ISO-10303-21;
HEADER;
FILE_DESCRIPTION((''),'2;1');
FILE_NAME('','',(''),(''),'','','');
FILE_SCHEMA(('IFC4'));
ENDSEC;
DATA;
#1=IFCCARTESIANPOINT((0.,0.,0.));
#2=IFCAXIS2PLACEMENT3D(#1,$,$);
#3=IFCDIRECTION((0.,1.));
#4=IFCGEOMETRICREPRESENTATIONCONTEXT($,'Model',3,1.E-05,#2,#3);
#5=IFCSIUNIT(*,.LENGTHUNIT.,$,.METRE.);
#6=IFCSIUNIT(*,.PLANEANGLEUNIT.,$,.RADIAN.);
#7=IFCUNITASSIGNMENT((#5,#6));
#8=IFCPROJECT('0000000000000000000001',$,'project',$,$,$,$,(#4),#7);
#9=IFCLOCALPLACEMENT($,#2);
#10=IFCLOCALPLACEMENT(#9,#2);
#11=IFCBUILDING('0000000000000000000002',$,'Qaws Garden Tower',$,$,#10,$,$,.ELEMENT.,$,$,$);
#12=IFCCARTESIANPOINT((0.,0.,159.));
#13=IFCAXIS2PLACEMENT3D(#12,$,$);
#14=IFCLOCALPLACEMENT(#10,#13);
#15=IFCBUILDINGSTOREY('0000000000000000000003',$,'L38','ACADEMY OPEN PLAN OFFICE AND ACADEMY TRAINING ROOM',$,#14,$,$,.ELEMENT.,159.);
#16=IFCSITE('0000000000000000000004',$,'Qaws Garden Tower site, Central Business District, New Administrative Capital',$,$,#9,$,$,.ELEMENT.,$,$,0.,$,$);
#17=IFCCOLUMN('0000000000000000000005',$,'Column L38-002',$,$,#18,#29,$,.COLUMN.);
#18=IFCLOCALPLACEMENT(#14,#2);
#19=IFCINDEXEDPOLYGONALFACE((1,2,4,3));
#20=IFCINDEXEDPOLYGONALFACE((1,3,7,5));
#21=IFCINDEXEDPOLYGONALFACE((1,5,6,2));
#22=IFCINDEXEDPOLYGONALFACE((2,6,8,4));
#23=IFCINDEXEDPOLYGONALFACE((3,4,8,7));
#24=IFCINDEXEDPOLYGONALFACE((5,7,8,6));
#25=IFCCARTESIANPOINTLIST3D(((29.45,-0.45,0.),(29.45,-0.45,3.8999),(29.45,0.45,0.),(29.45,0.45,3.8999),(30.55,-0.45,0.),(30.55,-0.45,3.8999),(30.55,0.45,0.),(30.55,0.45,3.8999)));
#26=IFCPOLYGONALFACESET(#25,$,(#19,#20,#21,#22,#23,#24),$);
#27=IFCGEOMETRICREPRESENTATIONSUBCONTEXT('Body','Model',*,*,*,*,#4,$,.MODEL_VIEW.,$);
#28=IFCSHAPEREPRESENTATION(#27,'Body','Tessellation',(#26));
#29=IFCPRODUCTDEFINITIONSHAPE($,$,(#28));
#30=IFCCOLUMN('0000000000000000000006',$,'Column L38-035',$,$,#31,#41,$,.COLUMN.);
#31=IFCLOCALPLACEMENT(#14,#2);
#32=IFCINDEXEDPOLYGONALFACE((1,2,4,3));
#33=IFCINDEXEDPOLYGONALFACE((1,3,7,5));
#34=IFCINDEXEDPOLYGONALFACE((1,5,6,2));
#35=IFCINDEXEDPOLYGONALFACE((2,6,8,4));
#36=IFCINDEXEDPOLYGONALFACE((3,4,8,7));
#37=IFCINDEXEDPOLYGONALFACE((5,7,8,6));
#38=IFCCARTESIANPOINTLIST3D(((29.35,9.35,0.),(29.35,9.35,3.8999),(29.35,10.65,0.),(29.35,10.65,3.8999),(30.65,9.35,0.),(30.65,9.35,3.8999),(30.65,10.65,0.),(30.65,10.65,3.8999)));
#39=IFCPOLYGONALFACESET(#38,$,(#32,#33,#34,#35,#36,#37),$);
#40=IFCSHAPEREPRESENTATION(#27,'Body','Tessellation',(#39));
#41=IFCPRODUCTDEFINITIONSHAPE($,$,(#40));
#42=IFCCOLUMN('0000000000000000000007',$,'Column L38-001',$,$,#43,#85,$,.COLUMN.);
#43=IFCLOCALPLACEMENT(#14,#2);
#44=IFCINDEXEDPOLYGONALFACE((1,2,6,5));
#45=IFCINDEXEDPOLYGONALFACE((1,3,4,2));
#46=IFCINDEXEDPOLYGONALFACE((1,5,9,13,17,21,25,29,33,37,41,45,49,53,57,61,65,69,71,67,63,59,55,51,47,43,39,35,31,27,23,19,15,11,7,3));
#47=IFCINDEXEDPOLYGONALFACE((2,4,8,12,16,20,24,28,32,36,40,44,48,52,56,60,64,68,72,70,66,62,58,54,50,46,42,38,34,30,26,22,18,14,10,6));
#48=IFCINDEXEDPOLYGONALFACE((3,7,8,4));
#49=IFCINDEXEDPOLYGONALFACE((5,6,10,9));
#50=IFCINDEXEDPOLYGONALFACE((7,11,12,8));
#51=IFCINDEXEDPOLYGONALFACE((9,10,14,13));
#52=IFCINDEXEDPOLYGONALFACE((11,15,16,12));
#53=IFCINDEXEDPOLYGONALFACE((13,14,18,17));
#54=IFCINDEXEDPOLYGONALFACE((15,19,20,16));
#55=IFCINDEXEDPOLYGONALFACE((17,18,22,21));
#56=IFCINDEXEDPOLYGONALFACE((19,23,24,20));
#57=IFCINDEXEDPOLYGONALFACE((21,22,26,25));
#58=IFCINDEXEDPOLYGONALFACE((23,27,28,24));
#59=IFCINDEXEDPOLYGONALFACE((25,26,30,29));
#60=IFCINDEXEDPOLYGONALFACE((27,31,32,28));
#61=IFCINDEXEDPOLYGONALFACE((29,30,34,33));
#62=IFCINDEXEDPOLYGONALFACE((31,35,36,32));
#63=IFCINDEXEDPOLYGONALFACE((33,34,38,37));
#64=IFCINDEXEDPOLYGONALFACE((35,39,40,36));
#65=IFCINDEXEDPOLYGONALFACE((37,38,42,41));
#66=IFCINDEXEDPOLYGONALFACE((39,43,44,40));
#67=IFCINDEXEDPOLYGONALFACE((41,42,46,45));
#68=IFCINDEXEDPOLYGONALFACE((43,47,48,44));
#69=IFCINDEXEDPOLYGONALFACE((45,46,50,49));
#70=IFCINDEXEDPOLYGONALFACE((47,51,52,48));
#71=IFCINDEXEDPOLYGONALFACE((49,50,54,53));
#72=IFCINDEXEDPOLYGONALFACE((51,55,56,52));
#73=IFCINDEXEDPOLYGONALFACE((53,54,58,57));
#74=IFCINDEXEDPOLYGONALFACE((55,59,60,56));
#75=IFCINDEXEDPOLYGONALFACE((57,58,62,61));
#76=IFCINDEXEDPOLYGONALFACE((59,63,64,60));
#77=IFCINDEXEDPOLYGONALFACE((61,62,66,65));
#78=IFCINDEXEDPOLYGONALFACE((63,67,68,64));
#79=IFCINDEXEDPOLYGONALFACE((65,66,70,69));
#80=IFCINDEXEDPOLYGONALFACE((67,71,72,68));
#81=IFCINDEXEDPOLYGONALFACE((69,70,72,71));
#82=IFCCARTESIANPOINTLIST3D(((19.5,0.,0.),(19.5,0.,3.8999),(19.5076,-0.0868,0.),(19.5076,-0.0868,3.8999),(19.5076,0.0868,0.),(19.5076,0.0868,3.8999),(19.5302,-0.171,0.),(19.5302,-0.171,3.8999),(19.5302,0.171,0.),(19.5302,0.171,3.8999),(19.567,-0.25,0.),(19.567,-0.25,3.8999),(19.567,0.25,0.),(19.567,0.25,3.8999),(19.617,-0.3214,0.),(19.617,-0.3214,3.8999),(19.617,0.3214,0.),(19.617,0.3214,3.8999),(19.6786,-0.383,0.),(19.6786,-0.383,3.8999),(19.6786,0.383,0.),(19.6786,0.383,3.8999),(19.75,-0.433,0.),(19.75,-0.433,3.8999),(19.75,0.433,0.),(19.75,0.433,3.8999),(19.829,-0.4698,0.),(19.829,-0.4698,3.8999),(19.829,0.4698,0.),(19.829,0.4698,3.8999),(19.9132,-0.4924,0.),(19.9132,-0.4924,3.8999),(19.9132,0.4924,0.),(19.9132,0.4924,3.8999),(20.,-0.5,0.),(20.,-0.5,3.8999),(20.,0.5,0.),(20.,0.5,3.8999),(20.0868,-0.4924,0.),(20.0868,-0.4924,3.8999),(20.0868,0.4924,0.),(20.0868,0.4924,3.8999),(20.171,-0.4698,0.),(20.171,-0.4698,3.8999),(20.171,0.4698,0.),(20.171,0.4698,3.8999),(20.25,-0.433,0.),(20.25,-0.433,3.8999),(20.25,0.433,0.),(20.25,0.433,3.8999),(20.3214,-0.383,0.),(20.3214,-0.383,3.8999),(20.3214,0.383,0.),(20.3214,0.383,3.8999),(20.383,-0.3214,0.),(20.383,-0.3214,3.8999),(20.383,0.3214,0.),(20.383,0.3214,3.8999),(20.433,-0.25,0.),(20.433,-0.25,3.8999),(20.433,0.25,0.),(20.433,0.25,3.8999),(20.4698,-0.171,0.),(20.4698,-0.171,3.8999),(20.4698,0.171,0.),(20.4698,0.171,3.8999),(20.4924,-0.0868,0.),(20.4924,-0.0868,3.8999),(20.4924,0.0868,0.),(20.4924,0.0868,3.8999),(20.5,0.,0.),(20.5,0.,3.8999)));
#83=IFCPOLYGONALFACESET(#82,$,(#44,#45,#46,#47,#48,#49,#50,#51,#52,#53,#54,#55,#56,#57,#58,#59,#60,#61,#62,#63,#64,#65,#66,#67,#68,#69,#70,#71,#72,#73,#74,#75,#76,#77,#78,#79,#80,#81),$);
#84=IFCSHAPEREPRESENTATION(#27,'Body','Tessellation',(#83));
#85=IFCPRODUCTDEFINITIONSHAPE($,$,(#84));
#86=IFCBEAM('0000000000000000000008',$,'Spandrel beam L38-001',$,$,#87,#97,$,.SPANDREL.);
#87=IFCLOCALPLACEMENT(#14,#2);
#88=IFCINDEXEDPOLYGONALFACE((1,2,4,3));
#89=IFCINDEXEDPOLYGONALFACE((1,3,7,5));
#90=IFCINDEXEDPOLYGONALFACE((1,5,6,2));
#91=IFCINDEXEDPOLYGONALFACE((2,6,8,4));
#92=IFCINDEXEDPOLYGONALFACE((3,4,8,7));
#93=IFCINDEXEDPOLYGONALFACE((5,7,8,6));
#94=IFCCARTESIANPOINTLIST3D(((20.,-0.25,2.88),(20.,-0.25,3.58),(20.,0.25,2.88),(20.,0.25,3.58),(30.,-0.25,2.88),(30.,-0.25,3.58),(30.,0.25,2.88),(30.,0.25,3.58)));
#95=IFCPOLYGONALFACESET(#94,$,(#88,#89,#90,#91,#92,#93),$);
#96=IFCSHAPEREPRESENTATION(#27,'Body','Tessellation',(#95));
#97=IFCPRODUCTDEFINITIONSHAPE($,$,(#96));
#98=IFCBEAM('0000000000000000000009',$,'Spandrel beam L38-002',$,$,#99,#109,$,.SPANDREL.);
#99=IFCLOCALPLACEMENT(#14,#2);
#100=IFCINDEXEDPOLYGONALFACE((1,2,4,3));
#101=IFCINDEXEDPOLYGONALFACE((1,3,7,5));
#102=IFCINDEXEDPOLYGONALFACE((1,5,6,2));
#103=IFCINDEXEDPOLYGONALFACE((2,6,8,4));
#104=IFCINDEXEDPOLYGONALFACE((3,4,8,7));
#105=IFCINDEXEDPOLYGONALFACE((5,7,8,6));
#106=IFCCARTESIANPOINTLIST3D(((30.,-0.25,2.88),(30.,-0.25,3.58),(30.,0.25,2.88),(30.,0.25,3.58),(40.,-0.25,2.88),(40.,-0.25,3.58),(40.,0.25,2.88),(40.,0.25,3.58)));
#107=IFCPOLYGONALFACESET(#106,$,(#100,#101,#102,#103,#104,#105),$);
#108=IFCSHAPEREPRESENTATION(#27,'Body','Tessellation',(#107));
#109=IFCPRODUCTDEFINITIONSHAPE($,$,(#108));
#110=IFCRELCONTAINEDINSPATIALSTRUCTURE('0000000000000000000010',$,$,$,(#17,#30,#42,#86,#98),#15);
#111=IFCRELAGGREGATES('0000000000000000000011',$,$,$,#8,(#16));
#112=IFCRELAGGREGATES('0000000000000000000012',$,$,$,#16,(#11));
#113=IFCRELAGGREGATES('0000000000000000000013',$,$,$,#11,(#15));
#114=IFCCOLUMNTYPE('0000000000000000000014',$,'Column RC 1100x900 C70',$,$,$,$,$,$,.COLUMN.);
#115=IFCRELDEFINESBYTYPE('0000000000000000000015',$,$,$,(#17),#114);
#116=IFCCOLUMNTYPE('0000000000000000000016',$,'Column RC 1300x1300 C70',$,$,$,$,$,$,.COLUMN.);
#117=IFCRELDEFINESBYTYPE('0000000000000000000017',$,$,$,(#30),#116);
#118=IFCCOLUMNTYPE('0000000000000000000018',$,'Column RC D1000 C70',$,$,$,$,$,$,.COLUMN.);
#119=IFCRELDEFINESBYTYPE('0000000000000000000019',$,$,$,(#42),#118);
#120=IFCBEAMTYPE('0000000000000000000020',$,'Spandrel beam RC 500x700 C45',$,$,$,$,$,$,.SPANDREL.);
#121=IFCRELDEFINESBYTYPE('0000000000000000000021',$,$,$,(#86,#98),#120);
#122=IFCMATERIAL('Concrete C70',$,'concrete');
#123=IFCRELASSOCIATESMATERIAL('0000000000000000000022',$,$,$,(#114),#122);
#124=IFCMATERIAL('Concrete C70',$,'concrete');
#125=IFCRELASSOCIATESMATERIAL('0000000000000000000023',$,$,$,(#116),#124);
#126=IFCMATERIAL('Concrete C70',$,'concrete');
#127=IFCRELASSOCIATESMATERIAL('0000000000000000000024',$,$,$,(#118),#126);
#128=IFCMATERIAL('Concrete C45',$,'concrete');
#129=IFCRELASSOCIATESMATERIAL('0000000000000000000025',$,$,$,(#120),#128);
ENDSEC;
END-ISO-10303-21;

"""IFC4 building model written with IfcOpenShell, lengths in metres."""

from ifc_helpers import new_model, si_unit, direction, frame, origin, origin_2d, place, context, subcontext, project, spatial, rectangle, circle, extrude, material, material_profile, profile_set, type_object, element, save


model = new_model("IFC4")

# Units and contexts
model_context = context("Model", 3, precision=1e-05, world=origin(), true_north=direction((0.0, 1.0)))
body_context = subcontext(model_context, "Body", "Model", "MODEL_VIEW")
ifc_project = project(units=[si_unit("LENGTHUNIT", "METRE"), si_unit("PLANEANGLEUNIT", "RADIAN")], contexts=[model_context])

# Site, building, storey
site_placement = place(None, origin())
site = spatial("IfcSite", under=ifc_project, at=site_placement, Name="Qaws Garden Tower site, Central Business District, New Administrative Capital", CompositionType="ELEMENT", RefElevation=0.0)
building_placement = place(site_placement, origin())
building = spatial("IfcBuilding", under=site, at=building_placement, Name="Qaws Garden Tower", CompositionType="ELEMENT")
storey_placement = place(building_placement, frame((0.0, 0.0, 159.0)))
storey = spatial("IfcBuildingStorey", under=building, at=storey_placement, Name="L38", Description="ACADEMY OPEN PLAN OFFICE AND ACADEMY TRAINING ROOM", CompositionType="ELEMENT", Elevation=159.0)

# Columns
ifc_material_1 = material(Name="Concrete C70", Category="concrete")
ifc_material_profile_1 = material_profile(ifc_material_1, rectangle(XDim=1.1001, YDim=0.8999, at=origin_2d()), Name="RC 1100x900")
ifc_profile_set_1 = profile_set([ifc_material_profile_1], Name="Concrete C70")
column_type_1 = type_object("IfcColumnType", Name="Column RC 1100x900 C70", PredefinedType="COLUMN", material=ifc_profile_set_1)
column_1_placement = place(storey_placement, frame((30.0, 0.0, 0.0), z_axis=(0.0, 0.0, 1.0), x_axis=(1.0, 0.0, 0.0)))
element("IfcColumn", 1, at=column_1_placement, inside=storey, type_object=column_type_1, Name="Column L38-002", PredefinedType="COLUMN", context=body_context, shape_type="SweptSolid", body=[
    extrude(rectangle(XDim=1.1001, YDim=0.8999, at=origin_2d()), origin(), (0.0, 0.0, 1.0), 3.8999),
])
ifc_material_2 = material(Name="Concrete C70", Category="concrete")
ifc_material_profile_2 = material_profile(ifc_material_2, rectangle(XDim=1.3, YDim=1.3, at=origin_2d()), Name="RC 1300x1300")
ifc_profile_set_2 = profile_set([ifc_material_profile_2], Name="Concrete C70")
column_type_2 = type_object("IfcColumnType", Name="Column RC 1300x1300 C70", PredefinedType="COLUMN", material=ifc_profile_set_2)
column_2_placement = place(storey_placement, frame((30.0, 10.0, 0.0), z_axis=(0.0, 0.0, 1.0), x_axis=(1.0, 0.0, 0.0)))
element("IfcColumn", 2, at=column_2_placement, inside=storey, type_object=column_type_2, Name="Column L38-035", PredefinedType="COLUMN", context=body_context, shape_type="SweptSolid", body=[
    extrude(rectangle(XDim=1.3, YDim=1.3, at=origin_2d()), origin(), (0.0, 0.0, 1.0), 3.8999),
])
ifc_material_3 = material(Name="Concrete C70", Category="concrete")
ifc_material_profile_3 = material_profile(ifc_material_3, circle(Radius=0.5, at=origin_2d()), Name="RC D1000")
ifc_profile_set_3 = profile_set([ifc_material_profile_3], Name="Concrete C70")
column_type_3 = type_object("IfcColumnType", Name="Column RC D1000 C70", PredefinedType="COLUMN", material=ifc_profile_set_3)
column_3_placement = place(storey_placement, frame((20.0, 0.0, 0.0), z_axis=(0.0, 0.0, 1.0), x_axis=(1.0, 0.0, 0.0)))
element("IfcColumn", 3, at=column_3_placement, inside=storey, type_object=column_type_3, Name="Column L38-001", PredefinedType="COLUMN", context=body_context, shape_type="SweptSolid", body=[
    extrude(circle(Radius=0.5, at=origin_2d()), origin(), (0.0, 0.0, 1.0), 3.8999),
])

# Beams
ifc_material_4 = material(Name="Concrete C45", Category="concrete")
ifc_material_profile_4 = material_profile(ifc_material_4, rectangle(XDim=0.5, YDim=0.7, at=origin_2d()), Name="RC 500x700")
ifc_profile_set_4 = profile_set([ifc_material_profile_4], Name="Concrete C45")
beam_type = type_object("IfcBeamType", Name="Spandrel beam RC 500x700 C45", PredefinedType="SPANDREL", material=ifc_profile_set_4)
for number, where, z_axis, x_axis, name in (
    (4, (20.0, 0.0, 3.23), (1.0, 0.0, 0.0), (0.0, 1.0, 0.0), "Spandrel beam L38-001"),
    (5, (30.0, 0.0, 3.23), (1.0, 0.0, 0.0), (0.0, 1.0, 0.0), "Spandrel beam L38-002"),
):
    element("IfcBeam", number, at=place(storey_placement, frame(where, z_axis=z_axis, x_axis=x_axis)), inside=storey, type_object=beam_type, Name=name, PredefinedType="SPANDREL", context=body_context, shape_type="SweptSolid", body=[
        extrude(rectangle(XDim=0.5, YDim=0.7, at=origin_2d()), origin(), (0.0, 0.0, 1.0), 10.0),
    ])

save(model, "model.ifc")
